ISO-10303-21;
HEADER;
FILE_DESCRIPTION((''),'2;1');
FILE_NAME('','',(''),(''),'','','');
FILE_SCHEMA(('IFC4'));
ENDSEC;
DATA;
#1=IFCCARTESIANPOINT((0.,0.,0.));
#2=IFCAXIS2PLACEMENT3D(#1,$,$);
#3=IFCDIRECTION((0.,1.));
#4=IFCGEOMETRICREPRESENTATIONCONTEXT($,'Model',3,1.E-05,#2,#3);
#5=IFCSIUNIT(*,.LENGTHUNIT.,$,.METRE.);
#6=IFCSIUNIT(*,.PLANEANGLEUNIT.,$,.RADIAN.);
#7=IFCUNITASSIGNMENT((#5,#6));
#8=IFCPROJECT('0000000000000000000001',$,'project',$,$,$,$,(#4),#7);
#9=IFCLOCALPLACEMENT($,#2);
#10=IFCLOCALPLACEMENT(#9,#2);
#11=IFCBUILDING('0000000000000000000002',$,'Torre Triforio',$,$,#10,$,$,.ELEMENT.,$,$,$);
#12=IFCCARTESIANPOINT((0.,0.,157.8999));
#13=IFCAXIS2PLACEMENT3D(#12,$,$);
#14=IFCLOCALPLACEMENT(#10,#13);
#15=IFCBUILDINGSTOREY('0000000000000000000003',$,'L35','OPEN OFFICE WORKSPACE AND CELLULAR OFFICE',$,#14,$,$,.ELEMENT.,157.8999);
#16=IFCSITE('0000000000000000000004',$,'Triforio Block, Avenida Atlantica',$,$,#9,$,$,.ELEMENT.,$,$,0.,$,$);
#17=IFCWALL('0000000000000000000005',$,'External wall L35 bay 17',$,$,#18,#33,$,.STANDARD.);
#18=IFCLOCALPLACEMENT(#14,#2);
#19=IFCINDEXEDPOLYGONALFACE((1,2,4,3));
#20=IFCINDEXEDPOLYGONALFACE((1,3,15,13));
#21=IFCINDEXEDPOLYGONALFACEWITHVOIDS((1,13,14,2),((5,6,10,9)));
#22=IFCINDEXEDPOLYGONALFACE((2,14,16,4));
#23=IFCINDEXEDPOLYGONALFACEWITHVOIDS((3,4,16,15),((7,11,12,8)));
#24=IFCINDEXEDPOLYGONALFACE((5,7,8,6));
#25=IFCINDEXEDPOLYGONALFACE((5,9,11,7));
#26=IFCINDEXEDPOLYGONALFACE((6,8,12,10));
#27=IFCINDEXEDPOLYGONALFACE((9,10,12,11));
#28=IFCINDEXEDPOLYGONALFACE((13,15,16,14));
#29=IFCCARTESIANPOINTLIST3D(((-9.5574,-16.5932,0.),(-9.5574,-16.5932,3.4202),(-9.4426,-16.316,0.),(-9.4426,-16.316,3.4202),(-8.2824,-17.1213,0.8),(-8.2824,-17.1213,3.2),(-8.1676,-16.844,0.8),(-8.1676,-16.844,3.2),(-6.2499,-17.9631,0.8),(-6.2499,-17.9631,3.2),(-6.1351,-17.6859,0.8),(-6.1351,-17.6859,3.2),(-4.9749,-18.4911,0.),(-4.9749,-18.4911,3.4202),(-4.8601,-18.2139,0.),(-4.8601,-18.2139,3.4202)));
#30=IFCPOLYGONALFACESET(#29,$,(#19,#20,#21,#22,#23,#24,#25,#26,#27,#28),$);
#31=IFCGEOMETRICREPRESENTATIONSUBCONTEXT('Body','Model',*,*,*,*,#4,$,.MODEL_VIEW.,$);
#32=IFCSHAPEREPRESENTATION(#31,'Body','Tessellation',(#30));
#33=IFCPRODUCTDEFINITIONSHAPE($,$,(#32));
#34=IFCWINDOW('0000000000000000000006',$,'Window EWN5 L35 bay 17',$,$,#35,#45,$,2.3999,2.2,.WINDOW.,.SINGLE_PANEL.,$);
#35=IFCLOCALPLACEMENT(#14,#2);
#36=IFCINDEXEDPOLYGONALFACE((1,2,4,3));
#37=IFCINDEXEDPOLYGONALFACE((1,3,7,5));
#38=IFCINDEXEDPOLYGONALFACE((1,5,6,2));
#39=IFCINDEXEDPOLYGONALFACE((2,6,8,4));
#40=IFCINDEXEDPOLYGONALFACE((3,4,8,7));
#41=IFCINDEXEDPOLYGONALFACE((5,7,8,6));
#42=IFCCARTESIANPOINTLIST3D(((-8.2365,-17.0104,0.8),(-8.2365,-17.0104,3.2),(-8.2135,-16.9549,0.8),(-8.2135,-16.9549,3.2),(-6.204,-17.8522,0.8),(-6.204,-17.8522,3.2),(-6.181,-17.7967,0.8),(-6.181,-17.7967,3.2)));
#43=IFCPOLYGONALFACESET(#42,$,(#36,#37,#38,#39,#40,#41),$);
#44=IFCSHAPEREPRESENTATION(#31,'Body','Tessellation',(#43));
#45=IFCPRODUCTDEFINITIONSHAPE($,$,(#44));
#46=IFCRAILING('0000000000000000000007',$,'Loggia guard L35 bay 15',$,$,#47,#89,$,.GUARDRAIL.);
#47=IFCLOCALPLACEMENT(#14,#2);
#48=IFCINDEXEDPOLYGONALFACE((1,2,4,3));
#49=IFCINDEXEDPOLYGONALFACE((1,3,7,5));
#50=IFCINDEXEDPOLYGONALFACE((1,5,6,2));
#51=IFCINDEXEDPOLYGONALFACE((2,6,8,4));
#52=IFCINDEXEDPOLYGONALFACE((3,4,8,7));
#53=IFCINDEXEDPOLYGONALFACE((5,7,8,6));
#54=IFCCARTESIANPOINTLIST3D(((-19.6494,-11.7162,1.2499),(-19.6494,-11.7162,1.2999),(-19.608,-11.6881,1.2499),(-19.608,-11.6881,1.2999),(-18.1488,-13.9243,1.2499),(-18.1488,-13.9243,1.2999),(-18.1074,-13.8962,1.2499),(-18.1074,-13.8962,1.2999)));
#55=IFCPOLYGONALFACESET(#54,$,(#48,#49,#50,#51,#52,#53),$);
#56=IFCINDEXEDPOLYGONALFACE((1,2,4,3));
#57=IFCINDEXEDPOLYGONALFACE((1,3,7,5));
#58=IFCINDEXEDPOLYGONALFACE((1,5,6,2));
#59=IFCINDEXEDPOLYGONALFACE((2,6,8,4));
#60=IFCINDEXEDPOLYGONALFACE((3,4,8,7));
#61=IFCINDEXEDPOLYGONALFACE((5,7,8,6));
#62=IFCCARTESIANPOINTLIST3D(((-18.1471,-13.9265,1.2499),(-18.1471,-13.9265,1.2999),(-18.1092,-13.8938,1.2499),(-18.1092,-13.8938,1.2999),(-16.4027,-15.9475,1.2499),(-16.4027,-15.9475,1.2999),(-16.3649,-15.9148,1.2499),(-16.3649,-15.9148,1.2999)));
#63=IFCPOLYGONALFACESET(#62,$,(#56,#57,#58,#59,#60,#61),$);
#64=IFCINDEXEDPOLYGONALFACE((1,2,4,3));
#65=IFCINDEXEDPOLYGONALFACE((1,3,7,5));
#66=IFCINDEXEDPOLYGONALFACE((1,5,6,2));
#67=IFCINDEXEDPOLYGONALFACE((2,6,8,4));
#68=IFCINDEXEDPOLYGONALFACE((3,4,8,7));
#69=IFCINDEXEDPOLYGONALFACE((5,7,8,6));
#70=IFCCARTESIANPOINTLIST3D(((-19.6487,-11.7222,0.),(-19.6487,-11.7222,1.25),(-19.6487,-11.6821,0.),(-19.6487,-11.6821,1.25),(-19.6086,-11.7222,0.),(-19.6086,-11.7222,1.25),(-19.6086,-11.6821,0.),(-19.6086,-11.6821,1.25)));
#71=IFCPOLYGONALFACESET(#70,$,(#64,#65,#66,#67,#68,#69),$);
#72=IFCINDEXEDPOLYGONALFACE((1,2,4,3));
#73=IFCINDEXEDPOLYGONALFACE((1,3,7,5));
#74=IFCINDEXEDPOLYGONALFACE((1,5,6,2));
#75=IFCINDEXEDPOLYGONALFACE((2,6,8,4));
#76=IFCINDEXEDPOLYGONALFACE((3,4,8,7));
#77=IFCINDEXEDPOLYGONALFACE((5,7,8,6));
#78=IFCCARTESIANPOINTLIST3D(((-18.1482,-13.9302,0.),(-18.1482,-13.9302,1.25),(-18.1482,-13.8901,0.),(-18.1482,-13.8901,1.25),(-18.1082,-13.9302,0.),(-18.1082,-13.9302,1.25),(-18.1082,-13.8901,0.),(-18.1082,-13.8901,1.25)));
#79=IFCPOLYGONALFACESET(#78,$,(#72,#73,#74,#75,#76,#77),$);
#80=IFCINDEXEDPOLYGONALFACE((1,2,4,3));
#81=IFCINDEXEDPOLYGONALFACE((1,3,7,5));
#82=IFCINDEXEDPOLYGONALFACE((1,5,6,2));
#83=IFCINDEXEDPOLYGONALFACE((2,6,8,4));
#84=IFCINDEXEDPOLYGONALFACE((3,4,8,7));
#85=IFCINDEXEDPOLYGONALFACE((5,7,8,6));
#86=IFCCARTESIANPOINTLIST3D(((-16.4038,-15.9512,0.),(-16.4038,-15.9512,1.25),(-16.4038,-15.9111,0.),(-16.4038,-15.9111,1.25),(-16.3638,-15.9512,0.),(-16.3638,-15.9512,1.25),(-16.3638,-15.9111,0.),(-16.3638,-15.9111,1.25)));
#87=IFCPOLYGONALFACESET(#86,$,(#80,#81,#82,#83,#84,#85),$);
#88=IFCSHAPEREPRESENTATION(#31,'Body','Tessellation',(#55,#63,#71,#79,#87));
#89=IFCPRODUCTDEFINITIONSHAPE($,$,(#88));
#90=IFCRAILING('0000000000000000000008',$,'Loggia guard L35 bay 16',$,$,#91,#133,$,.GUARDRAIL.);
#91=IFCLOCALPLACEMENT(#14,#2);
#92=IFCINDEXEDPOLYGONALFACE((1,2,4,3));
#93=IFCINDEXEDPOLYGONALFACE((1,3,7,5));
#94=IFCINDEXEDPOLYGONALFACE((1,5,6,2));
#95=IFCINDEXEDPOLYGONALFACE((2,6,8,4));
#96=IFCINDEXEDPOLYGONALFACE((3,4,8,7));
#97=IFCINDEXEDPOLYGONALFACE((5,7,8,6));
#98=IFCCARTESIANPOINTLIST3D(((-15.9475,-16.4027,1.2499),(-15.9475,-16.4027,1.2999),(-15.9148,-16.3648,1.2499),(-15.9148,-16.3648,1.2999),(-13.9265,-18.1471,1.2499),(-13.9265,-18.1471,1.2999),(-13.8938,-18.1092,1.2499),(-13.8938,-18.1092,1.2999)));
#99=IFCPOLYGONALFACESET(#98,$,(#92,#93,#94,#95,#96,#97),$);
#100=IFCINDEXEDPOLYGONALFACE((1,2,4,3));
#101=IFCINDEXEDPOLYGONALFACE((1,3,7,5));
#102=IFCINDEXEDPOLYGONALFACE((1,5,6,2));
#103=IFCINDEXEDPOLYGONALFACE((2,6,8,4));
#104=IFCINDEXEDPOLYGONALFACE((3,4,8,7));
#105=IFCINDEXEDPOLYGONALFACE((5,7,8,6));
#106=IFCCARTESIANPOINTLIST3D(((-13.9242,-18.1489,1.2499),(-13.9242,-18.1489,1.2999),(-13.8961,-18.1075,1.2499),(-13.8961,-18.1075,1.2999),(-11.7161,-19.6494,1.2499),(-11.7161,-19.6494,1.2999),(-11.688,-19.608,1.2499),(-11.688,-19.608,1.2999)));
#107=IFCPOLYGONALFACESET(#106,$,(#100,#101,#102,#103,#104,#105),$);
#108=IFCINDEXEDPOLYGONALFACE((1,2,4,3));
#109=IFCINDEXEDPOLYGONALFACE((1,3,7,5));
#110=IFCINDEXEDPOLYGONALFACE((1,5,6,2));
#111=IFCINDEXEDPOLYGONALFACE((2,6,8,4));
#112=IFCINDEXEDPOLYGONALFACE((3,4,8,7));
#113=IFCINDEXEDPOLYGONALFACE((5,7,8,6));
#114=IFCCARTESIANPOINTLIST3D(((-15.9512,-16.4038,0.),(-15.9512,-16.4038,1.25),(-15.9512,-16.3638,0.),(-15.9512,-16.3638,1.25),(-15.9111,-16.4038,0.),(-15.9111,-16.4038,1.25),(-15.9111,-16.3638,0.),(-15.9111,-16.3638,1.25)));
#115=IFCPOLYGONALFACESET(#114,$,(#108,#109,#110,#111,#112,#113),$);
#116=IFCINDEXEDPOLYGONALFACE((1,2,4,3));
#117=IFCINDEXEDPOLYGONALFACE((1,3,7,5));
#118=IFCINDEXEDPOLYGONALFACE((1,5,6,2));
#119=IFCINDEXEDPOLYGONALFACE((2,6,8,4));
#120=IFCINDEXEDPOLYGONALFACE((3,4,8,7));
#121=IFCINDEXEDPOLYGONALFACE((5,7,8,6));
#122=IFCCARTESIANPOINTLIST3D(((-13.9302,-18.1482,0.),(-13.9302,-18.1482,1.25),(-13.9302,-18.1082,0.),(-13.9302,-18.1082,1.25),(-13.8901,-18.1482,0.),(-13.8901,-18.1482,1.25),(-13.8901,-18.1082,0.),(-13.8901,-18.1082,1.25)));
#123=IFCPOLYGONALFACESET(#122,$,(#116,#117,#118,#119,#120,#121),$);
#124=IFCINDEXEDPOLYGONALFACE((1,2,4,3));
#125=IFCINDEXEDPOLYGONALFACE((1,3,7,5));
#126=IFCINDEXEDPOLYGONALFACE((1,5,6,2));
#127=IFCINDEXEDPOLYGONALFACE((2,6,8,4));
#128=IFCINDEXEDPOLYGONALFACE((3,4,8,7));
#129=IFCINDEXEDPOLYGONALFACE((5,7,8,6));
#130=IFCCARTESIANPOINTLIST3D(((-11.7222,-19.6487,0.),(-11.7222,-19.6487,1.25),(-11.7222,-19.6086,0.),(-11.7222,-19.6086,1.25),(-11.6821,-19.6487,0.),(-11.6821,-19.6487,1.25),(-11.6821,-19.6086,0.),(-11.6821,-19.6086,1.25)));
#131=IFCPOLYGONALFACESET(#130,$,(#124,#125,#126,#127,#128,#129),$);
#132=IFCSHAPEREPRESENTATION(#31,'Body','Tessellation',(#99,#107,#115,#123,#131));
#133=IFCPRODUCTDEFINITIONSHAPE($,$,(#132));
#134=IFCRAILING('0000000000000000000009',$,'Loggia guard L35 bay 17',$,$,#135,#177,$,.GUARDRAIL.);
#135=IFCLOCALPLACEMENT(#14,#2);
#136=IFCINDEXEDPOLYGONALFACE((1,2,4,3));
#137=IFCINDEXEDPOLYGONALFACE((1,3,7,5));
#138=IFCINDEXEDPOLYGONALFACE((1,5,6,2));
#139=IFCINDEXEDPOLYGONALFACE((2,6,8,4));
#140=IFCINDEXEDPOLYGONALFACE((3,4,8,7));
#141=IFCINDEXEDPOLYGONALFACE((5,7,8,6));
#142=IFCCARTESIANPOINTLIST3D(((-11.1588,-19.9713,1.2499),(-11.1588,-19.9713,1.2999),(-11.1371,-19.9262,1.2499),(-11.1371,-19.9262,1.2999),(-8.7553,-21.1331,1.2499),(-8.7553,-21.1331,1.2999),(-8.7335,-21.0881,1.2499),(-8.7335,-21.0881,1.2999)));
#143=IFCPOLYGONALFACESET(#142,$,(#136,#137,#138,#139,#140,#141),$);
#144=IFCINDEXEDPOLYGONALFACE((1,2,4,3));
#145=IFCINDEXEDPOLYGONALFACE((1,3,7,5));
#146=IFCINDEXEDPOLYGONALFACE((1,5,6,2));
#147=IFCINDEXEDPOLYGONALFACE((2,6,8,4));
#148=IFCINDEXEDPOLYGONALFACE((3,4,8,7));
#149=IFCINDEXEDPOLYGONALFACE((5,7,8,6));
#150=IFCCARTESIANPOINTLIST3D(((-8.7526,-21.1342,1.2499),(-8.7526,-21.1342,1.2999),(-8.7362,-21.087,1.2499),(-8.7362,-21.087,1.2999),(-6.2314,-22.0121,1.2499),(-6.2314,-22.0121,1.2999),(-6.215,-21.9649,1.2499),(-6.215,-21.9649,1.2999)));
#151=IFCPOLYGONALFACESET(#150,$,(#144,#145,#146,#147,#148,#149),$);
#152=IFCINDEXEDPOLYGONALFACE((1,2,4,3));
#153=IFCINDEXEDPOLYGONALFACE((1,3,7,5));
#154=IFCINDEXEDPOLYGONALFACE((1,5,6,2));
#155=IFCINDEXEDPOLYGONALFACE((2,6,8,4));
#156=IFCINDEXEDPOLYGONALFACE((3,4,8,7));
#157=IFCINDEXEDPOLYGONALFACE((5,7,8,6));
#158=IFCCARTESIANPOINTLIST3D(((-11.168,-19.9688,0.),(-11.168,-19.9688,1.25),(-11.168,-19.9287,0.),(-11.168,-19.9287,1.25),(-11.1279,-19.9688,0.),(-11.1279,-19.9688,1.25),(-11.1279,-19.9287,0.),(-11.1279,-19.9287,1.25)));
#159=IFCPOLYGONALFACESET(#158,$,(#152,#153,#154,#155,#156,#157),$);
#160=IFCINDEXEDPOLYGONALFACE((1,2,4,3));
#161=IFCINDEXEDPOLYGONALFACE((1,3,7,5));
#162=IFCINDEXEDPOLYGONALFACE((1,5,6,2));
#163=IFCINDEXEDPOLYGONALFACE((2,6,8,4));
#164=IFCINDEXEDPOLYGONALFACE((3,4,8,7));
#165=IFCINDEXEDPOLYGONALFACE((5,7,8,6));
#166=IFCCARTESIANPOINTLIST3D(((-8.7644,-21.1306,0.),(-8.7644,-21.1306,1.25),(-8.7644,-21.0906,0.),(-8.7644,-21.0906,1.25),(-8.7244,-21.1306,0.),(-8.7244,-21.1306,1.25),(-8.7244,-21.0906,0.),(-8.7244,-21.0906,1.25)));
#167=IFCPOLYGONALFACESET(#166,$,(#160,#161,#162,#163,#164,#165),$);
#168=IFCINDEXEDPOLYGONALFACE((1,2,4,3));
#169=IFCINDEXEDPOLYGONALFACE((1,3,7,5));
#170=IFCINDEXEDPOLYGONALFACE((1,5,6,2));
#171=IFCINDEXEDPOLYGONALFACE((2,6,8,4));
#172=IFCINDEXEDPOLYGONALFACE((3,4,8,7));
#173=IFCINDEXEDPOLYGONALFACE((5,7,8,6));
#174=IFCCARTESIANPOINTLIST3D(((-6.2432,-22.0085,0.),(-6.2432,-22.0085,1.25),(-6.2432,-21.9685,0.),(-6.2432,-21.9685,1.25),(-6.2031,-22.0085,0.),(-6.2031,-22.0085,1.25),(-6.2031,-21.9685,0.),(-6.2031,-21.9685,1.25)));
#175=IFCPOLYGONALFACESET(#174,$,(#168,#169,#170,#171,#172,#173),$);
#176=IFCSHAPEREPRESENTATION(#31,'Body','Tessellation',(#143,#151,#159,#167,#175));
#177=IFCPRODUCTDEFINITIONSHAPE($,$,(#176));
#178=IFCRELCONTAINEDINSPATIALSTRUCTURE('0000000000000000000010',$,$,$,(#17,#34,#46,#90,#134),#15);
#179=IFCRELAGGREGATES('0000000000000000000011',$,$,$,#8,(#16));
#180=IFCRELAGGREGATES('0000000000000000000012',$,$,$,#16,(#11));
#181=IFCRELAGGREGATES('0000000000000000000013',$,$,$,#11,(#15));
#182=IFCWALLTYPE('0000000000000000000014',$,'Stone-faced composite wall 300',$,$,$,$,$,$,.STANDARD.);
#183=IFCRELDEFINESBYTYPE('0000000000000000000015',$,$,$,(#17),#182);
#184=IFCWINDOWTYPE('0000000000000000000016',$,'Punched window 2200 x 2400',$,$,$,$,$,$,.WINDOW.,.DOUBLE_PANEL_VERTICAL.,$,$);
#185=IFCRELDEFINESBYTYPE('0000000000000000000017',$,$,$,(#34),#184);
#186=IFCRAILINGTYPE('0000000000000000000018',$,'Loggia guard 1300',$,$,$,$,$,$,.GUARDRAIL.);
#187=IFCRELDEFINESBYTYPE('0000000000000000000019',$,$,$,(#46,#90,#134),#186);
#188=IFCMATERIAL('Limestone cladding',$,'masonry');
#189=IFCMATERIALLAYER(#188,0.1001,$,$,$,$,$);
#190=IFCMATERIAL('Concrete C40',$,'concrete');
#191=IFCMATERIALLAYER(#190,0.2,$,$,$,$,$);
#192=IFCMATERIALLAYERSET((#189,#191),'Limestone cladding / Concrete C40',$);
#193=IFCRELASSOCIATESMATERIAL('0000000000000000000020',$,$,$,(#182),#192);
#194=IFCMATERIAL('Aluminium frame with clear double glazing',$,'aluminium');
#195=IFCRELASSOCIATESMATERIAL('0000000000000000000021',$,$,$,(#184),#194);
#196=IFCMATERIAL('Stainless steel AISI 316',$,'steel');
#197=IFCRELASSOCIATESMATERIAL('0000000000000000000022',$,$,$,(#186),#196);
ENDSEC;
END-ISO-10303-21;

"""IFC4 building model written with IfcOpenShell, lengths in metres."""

from ifc_helpers import new_model, si_unit, direction, frame, frame_2d, origin, origin_2d, place, context, subcontext, project, spatial, rectangle, extrude, material, layer, layer_set, type_object, element, fill, save


model = new_model("IFC4")

# Units and contexts
model_context = context("Model", 3, precision=1e-05, world=origin(), true_north=direction((0.0, 1.0)))
body_context = subcontext(model_context, "Body", "Model", "MODEL_VIEW")
ifc_project = project(units=[si_unit("LENGTHUNIT", "METRE"), si_unit("PLANEANGLEUNIT", "RADIAN")], contexts=[model_context])

# Site, building, storey
site_placement = place(None, origin())
site = spatial("IfcSite", under=ifc_project, at=site_placement, Name="Triforio Block, Avenida Atlantica", CompositionType="ELEMENT", RefElevation=0.0)
building_placement = place(site_placement, origin())
building = spatial("IfcBuilding", under=site, at=building_placement, Name="Torre Triforio", CompositionType="ELEMENT")
storey_placement = place(building_placement, frame((0.0, 0.0, 157.8999)))
storey = spatial("IfcBuildingStorey", under=building, at=storey_placement, Name="L35", Description="OPEN OFFICE WORKSPACE AND CELLULAR OFFICE", CompositionType="ELEMENT", Elevation=157.8999)

# Shared definitions
ifc_material_1 = material(Name="Concrete C40", Category="concrete")

# Shared definitions
ifc_material_2 = material(Name="Limestone cladding", Category="masonry")

# Shared definitions
ifc_layer_1 = layer(ifc_material_2, 0.1001)
ifc_layer_2 = layer(ifc_material_1, 0.2)
ifc_layer_set_1 = layer_set([ifc_layer_1, ifc_layer_2], Name="Limestone cladding / Concrete C40")
wall_type_1 = type_object("IfcWallType", Name="Stone-faced composite wall 300", PredefinedType="STANDARD", material=ifc_layer_set_1)
ifc_material_3 = material(Name="Aluminium frame with clear double glazing", Category="aluminium")
window_type_1 = type_object("IfcWindowType", Name="Punched window 2200 x 2400", PartitioningType="DOUBLE_PANEL_VERTICAL", PredefinedType="WINDOW", material=ifc_material_3)

# Wall, opening, window
wall_1_placement = place(storey_placement, frame((-9.5, -16.4546, 0.0), z_axis=(0.0, 0.0, 1.0), x_axis=(0.923893, -0.38265, 0.0)))
wall_1 = element("IfcWall", 1, at=wall_1_placement, inside=storey, type_object=wall_type_1, Name="External wall L35 bay 17", PredefinedType="STANDARD", context=body_context, shape_type="SweptSolid", body=[
    extrude(rectangle(XDim=4.96, YDim=0.3, at=frame_2d((2.48, 0.0))), origin(), (0.0, 0.0, 1.0), 3.4202),
])
opening_1_placement = place(wall_1_placement, frame((1.3799, 0.0, 0.8)))
opening_1 = element("IfcOpeningElement", 2, at=opening_1_placement, cuts=wall_1, PredefinedType="OPENING", context=body_context, shape_type="SweptSolid", body=[
    extrude(rectangle(XDim=2.2, YDim=2.3999, at=frame_2d((1.1001, 1.2))), frame((0.0, 0.1599, 0.0), z_axis=(0.0, -1.0, 0.0), x_axis=(1.0, 0.0, 0.0)), (0.0, 0.0, 1.0), 0.3201),
])
window_1_placement = place(opening_1_placement, origin())
window_1 = element("IfcWindow", 3, at=window_1_placement, inside=storey, type_object=window_type_1, Name="Window EWN5 L35 bay 17", OverallHeight=2.3999, OverallWidth=2.2, PartitioningType="SINGLE_PANEL", PredefinedType="WINDOW", context=body_context, shape_type="SweptSolid", body=[
    extrude(rectangle(XDim=2.2, YDim=2.3999, at=frame_2d((1.1001, 1.2))), frame((0.0, 0.03, 0.0), z_axis=(0.0, -1.0, 0.0), x_axis=(1.0, 0.0, 0.0)), (0.0, 0.0, 1.0), 0.0601),
])
fill(opening_1, window_1)

# Railings
ifc_material_4 = material(Name="Stainless steel AISI 316", Category="steel")
railing_type = type_object("IfcRailingType", Name="Loggia guard 1300", PredefinedType="GUARDRAIL", material=ifc_material_4)
railing_1_placement = place(storey_placement, frame((-19.6287, -11.7021, 0.0)))
element("IfcRailing", 4, at=railing_1_placement, inside=storey, type_object=railing_type, Name="Loggia guard L35 bay 15", PredefinedType="GUARDRAIL", context=body_context, shape_type="SweptSolid", body=[
    extrude(rectangle(XDim=0.05, YDim=0.05, at=origin_2d()), frame((0.0, 0.0, 1.2749), z_axis=(0.562065, -0.827093, 0.0), x_axis=(0.827093, 0.562065, 0.0)), (0.0, 0.0, 1.0), 2.6697),
    extrude(rectangle(XDim=0.05, YDim=0.05, at=origin_2d()), frame((1.5005, -2.208, 1.2749), z_axis=(0.653401, -0.757012, 0.0), x_axis=(0.757012, 0.653401, 0.0)), (0.0, 0.0, 1.0), 2.6697),
    extrude(rectangle(XDim=0.04, YDim=0.04, at=origin_2d()), origin(), (0.0, 0.0, 1.0), 1.25),
    extrude(rectangle(XDim=0.04, YDim=0.04, at=origin_2d()), frame((1.5005, -2.208, 0.0)), (0.0, 0.0, 1.0), 1.25),
    extrude(rectangle(XDim=0.04, YDim=0.04, at=origin_2d()), frame((3.2449, -4.229, 0.0)), (0.0, 0.0, 1.0), 1.25),
])
railing_2_placement = place(storey_placement, frame((-15.9312, -16.3838, 0.0)))
element("IfcRailing", 5, at=railing_2_placement, inside=storey, type_object=railing_type, Name="Loggia guard L35 bay 16", PredefinedType="GUARDRAIL", context=body_context, shape_type="SweptSolid", body=[
    extrude(rectangle(XDim=0.05, YDim=0.05, at=origin_2d()), frame((0.0, 0.0, 1.2749), z_axis=(0.757012, -0.653401, 0.0), x_axis=(0.653401, 0.757012, 0.0)), (0.0, 0.0, 1.0), 2.6697),
    extrude(rectangle(XDim=0.05, YDim=0.05, at=origin_2d()), frame((2.021, -1.7444, 1.2749), z_axis=(0.827093, -0.562065, 0.0), x_axis=(0.562065, 0.827093, 0.0)), (0.0, 0.0, 1.0), 2.6697),
    extrude(rectangle(XDim=0.04, YDim=0.04, at=origin_2d()), origin(), (0.0, 0.0, 1.0), 1.25),
    extrude(rectangle(XDim=0.04, YDim=0.04, at=origin_2d()), frame((2.021, -1.7444, 0.0)), (0.0, 0.0, 1.0), 1.25),
    extrude(rectangle(XDim=0.04, YDim=0.04, at=origin_2d()), frame((4.229, -3.2449, 0.0)), (0.0, 0.0, 1.0), 1.25),
])
railing_3_placement = place(storey_placement, frame((-11.1479, -19.9487, 0.0)))
element("IfcRailing", 6, at=railing_3_placement, inside=storey, type_object=railing_type, Name="Loggia guard L35 bay 17", PredefinedType="GUARDRAIL", context=body_context, shape_type="SweptSolid", body=[
    extrude(rectangle(XDim=0.05, YDim=0.05, at=origin_2d()), frame((0.0, 0.0, 1.2749), z_axis=(0.900328, -0.435212, 0.0), x_axis=(0.435212, 0.900328, 0.0)), (0.0, 0.0, 1.0), 2.6697),
    extrude(rectangle(XDim=0.05, YDim=0.05, at=origin_2d()), frame((2.4036, -1.1619, 1.2749), z_axis=(0.944383, -0.328847, 0.0), x_axis=(0.328847, 0.944383, 0.0)), (0.0, 0.0, 1.0), 2.6697),
    extrude(rectangle(XDim=0.04, YDim=0.04, at=origin_2d()), origin(), (0.0, 0.0, 1.0), 1.25),
    extrude(rectangle(XDim=0.04, YDim=0.04, at=origin_2d()), frame((2.4036, -1.1619, 0.0)), (0.0, 0.0, 1.0), 1.25),
    extrude(rectangle(XDim=0.04, YDim=0.04, at=origin_2d()), frame((4.9248, -2.0398, 0.0)), (0.0, 0.0, 1.0), 1.25),
])

save(model, "model.ifc")
